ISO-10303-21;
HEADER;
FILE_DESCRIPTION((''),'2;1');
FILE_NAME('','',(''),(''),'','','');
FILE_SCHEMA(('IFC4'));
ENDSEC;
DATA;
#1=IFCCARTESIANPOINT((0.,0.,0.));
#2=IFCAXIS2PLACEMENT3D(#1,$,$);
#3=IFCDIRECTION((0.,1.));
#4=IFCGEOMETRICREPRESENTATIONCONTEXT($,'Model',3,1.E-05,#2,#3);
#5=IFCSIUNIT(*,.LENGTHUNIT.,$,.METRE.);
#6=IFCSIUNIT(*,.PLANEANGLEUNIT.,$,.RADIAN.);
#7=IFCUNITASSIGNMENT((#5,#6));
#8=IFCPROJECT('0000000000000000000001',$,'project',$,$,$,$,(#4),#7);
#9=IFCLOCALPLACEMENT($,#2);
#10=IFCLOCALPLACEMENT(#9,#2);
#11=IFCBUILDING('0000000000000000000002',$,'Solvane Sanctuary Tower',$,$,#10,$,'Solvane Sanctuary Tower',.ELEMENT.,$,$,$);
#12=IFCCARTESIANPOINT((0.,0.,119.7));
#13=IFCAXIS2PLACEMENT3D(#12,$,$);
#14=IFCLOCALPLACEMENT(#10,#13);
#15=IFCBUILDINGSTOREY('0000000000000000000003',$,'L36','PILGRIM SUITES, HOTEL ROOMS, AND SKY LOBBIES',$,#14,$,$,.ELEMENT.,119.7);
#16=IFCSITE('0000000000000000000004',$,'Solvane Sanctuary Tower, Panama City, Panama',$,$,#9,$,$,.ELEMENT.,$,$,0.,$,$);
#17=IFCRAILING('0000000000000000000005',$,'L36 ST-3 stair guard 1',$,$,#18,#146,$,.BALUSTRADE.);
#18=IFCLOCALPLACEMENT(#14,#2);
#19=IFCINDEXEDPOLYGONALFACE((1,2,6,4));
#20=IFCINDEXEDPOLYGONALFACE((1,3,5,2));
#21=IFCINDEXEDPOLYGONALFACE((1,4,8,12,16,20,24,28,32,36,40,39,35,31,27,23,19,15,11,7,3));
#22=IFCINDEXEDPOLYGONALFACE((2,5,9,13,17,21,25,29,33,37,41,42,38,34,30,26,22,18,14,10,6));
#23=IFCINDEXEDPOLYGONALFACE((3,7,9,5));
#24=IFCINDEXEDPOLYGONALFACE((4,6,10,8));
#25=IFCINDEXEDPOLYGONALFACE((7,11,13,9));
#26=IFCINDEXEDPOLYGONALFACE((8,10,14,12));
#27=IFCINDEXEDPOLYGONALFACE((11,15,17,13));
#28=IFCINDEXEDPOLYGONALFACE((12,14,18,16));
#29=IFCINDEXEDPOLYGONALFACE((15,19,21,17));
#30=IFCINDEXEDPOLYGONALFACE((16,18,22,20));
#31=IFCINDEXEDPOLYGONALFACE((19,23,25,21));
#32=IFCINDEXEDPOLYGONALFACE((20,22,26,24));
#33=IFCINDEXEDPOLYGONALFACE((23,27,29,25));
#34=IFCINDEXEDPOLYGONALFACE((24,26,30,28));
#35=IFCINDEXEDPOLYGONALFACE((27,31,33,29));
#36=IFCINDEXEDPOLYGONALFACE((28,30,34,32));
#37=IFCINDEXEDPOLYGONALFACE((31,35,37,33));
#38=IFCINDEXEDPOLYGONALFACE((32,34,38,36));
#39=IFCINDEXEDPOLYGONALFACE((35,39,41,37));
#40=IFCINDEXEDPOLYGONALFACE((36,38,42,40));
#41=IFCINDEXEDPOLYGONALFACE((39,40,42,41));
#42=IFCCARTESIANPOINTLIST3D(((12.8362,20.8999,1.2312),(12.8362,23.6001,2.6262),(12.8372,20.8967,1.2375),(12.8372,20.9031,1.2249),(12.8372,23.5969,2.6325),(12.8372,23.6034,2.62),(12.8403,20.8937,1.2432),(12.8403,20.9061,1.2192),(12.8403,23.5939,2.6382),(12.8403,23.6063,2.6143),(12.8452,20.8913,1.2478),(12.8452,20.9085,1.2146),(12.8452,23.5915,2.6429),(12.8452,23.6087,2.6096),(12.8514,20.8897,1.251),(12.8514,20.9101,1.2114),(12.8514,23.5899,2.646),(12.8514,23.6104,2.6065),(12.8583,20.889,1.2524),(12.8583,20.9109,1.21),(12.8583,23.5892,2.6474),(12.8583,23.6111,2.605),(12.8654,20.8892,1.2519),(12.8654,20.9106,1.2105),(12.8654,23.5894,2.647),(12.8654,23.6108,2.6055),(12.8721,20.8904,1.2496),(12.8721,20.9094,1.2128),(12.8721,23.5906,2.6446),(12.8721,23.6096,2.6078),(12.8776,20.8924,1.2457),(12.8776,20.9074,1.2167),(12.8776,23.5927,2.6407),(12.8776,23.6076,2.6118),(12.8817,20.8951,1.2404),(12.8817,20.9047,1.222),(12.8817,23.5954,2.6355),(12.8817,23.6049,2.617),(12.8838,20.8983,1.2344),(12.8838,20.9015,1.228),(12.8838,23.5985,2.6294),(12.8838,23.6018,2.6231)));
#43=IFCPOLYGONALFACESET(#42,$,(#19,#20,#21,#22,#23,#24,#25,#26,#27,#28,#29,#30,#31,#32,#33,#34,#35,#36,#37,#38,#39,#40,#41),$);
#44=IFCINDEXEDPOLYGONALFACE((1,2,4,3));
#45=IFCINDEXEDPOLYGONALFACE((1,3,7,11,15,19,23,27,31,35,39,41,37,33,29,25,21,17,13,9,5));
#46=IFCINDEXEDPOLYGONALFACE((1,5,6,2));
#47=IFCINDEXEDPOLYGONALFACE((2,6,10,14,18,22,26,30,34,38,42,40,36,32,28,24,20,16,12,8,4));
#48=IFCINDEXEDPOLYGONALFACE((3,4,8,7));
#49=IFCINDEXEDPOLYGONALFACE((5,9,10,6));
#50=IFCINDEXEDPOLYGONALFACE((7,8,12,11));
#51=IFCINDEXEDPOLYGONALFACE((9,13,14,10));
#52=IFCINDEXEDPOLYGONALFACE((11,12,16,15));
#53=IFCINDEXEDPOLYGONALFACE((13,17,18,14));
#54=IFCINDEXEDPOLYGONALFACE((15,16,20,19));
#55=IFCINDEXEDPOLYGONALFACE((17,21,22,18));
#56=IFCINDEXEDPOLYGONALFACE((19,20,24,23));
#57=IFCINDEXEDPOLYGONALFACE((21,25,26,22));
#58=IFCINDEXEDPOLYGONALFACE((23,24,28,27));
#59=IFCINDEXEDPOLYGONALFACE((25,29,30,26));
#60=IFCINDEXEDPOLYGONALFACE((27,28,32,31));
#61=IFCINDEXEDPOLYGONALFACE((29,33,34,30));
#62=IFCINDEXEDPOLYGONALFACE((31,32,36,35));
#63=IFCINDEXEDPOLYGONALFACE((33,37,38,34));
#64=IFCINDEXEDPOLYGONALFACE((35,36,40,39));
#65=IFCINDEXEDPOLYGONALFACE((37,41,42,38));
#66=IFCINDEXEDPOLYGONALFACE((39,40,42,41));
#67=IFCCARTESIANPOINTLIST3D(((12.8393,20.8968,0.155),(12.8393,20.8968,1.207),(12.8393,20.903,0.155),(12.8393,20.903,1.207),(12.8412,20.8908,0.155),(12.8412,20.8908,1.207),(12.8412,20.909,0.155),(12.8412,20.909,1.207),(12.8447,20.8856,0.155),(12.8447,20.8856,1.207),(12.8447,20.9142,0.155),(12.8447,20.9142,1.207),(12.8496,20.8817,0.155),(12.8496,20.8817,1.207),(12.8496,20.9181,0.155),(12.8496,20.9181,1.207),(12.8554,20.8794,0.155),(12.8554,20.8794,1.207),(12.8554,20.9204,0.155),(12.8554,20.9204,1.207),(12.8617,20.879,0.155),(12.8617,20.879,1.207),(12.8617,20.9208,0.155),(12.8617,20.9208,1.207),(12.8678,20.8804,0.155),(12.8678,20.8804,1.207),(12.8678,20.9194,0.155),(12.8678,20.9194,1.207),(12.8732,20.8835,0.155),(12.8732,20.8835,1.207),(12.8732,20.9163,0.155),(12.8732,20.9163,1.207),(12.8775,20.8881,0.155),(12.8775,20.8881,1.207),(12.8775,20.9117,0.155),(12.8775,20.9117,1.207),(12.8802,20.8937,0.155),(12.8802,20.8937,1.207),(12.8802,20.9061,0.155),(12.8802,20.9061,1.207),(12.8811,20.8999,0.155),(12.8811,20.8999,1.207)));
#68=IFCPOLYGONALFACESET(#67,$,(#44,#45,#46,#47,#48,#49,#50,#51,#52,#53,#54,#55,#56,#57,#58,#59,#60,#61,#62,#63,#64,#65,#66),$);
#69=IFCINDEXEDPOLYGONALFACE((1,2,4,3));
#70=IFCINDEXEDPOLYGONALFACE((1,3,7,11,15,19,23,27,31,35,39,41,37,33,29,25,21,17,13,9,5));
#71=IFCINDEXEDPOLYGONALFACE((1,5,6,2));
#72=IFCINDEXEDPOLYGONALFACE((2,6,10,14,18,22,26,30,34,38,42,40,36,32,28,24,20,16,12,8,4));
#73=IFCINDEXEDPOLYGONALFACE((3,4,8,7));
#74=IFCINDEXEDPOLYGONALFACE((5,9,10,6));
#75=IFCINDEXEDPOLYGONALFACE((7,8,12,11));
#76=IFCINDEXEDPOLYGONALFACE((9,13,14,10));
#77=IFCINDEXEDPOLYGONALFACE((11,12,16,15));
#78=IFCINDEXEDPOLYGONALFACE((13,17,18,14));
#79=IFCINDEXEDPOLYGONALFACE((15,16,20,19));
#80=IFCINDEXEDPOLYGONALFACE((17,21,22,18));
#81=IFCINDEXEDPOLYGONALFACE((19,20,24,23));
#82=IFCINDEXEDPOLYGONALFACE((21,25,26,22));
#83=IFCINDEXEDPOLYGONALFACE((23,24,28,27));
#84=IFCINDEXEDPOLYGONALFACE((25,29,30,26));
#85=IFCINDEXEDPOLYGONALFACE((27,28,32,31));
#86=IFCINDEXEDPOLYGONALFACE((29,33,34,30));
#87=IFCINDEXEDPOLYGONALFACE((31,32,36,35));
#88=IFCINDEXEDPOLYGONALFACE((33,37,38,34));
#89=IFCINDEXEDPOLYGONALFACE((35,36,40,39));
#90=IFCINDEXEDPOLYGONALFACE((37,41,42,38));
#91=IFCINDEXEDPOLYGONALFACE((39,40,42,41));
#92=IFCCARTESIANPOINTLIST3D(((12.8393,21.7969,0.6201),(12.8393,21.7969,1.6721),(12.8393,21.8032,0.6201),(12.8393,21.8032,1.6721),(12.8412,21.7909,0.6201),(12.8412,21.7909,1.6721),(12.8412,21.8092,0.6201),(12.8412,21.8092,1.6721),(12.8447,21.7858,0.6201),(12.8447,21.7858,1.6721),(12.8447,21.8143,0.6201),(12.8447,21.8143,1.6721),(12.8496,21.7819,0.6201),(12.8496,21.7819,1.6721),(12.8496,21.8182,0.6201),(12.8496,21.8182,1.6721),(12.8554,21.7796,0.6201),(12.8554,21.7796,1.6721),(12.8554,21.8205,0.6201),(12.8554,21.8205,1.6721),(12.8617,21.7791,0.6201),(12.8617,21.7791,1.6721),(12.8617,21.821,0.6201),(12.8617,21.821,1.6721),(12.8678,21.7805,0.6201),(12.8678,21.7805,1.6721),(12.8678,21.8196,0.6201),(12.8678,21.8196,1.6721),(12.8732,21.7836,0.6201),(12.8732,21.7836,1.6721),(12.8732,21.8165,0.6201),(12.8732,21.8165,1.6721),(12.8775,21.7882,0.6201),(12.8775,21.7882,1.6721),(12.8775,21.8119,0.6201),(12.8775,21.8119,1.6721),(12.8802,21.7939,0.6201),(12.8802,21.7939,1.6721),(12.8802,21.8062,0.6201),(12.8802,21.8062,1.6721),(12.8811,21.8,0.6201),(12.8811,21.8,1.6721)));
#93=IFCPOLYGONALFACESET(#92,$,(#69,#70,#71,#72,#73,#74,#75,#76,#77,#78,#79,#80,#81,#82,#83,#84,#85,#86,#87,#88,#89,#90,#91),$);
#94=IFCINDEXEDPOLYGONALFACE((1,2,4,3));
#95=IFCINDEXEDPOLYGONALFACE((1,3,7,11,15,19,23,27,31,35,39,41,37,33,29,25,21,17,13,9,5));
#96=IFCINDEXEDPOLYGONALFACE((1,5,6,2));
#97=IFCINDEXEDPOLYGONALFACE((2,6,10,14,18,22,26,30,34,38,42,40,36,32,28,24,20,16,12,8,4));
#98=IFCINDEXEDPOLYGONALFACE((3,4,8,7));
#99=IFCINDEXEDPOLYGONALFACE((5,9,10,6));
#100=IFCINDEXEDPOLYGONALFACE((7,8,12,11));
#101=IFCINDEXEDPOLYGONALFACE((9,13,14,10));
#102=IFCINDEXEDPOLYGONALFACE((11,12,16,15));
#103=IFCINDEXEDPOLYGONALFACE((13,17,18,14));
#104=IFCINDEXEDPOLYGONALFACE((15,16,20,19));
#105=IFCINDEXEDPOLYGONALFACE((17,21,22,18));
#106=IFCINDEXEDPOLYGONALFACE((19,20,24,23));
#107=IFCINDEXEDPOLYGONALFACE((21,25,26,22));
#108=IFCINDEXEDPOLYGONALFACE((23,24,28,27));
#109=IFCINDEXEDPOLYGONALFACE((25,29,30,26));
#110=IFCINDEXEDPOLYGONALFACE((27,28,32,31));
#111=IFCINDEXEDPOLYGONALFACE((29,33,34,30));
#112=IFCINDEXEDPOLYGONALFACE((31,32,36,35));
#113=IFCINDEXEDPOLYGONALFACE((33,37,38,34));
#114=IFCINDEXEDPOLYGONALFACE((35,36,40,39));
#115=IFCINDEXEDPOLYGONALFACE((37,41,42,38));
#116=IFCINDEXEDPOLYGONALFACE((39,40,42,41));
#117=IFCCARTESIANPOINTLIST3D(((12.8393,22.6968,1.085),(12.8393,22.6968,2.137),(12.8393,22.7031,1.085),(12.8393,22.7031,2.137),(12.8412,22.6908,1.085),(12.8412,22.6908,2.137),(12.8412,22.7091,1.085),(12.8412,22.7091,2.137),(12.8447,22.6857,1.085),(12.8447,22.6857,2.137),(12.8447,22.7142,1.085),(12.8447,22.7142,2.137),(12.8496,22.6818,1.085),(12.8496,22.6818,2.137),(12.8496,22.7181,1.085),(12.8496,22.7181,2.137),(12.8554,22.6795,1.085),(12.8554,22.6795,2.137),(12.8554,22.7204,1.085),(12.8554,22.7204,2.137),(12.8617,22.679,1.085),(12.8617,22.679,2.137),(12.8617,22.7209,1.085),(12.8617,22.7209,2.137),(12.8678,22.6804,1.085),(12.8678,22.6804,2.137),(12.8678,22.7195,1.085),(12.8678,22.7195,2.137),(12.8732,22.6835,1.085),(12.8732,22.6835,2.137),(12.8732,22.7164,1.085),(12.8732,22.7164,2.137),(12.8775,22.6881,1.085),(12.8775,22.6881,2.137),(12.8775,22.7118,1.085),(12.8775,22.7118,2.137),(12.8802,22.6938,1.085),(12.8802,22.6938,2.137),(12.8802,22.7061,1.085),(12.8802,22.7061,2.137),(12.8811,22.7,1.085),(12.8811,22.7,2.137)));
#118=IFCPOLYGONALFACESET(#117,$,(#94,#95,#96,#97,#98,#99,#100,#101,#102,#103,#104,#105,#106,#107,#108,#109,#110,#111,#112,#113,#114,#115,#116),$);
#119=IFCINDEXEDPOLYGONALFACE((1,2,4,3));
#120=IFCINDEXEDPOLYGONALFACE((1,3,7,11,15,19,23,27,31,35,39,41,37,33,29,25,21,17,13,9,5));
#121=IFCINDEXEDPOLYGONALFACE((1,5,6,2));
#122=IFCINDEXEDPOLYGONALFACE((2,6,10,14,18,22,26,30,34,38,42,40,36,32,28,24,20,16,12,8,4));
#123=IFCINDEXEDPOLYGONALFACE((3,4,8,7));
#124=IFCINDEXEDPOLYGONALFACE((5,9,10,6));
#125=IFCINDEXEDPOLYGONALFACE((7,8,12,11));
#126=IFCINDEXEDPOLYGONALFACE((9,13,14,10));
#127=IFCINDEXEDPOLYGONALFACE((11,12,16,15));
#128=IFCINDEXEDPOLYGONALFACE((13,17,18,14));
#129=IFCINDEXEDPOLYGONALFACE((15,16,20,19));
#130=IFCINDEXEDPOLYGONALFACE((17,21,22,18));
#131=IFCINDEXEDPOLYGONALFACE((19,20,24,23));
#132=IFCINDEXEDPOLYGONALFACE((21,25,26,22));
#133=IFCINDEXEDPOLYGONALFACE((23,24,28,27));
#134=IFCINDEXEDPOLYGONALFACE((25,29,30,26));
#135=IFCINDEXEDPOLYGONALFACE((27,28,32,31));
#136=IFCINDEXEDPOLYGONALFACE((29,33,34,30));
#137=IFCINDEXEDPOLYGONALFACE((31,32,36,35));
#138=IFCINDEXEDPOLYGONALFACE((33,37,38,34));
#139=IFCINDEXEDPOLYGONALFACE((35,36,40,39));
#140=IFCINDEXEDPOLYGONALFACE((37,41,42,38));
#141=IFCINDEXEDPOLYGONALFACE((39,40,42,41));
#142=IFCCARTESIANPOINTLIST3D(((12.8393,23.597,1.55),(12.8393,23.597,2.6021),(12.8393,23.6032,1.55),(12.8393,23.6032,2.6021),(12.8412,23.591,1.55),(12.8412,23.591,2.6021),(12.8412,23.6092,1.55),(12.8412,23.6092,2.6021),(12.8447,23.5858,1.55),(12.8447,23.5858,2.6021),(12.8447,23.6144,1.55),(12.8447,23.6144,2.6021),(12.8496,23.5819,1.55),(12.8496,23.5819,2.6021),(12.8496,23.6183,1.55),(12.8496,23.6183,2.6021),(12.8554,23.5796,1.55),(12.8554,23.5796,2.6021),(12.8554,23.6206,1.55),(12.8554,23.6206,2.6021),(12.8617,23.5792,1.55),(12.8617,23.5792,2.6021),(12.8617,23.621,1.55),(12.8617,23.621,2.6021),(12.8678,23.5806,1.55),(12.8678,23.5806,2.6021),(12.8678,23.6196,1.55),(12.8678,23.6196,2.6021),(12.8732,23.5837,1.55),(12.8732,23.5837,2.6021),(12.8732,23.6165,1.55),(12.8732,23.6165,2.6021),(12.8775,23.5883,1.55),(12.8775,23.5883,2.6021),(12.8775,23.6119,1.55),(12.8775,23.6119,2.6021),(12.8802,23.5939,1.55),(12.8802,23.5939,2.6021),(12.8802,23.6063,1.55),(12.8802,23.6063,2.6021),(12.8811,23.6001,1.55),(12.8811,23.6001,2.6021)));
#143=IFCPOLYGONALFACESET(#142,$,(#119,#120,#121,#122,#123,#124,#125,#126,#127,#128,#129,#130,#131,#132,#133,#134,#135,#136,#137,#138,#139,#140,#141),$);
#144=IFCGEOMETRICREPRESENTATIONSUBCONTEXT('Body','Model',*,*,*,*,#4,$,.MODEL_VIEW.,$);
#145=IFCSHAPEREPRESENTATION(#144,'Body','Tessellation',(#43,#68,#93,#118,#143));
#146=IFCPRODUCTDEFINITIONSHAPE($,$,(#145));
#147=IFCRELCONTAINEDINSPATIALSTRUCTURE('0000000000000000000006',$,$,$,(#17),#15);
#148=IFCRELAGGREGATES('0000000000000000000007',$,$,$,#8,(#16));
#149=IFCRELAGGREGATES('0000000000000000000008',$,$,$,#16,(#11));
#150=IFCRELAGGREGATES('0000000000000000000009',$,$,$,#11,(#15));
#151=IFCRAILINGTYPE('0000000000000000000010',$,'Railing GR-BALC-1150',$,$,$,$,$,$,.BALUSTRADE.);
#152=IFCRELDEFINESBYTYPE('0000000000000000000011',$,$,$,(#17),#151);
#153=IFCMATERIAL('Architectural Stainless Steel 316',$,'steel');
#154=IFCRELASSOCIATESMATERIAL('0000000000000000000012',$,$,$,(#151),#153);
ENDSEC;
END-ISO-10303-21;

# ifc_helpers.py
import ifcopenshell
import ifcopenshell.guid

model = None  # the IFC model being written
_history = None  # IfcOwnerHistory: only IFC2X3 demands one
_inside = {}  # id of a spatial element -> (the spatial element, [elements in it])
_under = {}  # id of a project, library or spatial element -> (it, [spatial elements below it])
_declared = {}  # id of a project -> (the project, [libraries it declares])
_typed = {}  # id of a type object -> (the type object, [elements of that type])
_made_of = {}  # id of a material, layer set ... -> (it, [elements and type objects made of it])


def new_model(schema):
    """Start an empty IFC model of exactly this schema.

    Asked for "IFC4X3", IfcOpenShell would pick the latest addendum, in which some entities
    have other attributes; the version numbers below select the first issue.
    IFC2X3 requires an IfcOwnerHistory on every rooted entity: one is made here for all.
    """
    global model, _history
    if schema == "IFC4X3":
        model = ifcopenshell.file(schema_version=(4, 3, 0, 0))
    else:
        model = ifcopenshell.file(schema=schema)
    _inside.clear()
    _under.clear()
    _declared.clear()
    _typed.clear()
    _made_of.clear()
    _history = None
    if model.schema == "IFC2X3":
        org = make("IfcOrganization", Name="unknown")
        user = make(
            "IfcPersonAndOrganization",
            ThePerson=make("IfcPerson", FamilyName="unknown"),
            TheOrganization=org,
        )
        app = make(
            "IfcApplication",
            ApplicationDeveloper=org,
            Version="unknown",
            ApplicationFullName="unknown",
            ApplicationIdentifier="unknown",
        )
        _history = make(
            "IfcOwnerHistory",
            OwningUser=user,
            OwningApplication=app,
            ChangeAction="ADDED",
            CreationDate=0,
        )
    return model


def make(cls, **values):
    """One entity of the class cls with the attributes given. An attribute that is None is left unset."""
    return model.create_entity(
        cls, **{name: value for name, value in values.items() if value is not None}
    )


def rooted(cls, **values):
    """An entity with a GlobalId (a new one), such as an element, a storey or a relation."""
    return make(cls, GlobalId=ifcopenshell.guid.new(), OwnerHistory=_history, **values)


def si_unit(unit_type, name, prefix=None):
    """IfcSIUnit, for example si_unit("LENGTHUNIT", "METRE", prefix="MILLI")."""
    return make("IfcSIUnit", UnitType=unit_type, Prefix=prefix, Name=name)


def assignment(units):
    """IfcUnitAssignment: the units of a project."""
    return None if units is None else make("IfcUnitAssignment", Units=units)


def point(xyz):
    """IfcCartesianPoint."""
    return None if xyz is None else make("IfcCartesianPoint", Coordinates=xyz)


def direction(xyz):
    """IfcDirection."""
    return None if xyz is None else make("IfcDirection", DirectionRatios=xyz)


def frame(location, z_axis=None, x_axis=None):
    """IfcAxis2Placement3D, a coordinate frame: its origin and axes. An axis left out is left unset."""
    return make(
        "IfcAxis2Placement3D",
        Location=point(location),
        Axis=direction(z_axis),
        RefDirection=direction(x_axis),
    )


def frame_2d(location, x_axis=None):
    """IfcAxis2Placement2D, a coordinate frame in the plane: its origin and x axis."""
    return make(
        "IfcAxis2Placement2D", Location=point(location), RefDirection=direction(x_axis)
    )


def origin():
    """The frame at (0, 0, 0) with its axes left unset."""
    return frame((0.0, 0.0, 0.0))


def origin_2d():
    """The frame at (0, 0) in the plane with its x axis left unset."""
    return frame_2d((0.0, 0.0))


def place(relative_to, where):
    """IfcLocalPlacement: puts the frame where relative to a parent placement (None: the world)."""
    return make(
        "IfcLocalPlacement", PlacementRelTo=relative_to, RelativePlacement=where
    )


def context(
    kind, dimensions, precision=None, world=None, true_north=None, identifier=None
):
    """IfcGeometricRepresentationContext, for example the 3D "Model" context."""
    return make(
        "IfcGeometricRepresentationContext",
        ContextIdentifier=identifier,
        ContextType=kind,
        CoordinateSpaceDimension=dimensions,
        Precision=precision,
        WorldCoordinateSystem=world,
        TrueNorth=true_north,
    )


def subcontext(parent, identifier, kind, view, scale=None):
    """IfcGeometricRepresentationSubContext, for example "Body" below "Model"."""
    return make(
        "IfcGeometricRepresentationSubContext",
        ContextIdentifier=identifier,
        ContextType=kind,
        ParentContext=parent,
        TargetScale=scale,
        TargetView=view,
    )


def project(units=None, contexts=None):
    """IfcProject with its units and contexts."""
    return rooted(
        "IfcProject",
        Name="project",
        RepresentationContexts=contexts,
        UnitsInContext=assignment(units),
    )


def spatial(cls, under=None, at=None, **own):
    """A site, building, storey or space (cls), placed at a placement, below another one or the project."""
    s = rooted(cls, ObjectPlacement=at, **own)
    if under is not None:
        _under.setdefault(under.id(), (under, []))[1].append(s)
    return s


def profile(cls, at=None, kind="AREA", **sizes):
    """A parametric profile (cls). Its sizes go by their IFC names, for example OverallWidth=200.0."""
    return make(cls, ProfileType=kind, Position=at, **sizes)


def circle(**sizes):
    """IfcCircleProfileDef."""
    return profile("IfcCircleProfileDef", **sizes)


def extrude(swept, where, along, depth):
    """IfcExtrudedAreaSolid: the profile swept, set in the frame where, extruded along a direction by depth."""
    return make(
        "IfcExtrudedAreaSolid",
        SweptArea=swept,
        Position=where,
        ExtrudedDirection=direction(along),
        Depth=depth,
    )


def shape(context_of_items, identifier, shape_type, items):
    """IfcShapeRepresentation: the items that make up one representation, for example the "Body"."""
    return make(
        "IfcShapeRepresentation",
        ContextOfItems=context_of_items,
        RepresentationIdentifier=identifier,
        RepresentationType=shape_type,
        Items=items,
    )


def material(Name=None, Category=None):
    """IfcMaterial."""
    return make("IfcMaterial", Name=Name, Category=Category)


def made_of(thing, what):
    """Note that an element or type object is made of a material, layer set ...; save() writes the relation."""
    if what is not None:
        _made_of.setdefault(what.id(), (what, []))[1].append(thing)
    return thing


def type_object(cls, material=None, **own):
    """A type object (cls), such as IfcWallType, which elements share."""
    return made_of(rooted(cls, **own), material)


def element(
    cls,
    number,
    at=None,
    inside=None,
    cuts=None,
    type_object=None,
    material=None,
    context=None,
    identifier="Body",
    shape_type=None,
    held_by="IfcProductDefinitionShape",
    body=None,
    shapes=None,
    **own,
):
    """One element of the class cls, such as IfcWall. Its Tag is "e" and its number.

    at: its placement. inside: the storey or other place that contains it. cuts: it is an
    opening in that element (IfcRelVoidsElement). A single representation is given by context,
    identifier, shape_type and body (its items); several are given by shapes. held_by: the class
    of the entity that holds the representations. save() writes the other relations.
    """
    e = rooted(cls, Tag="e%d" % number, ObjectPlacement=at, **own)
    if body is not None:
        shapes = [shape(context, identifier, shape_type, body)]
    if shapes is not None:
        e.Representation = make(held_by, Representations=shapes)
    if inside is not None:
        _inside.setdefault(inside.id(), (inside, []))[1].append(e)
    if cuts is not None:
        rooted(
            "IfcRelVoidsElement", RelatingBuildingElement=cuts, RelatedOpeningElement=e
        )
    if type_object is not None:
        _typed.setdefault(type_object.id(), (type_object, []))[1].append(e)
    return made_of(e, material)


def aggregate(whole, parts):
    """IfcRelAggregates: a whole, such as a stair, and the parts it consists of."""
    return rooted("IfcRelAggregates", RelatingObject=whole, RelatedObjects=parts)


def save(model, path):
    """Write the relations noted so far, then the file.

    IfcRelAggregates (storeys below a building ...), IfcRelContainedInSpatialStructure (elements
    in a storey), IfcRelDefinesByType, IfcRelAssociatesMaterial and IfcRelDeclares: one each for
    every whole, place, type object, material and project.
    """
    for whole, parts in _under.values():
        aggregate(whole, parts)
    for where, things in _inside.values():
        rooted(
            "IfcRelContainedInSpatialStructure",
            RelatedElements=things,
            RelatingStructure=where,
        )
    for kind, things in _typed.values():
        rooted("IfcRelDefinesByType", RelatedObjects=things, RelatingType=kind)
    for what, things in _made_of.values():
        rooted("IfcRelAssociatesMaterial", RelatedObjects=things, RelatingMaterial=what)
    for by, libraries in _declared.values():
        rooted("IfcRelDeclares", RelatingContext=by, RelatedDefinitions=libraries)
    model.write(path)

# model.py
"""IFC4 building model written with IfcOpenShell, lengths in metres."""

from ifc_helpers import new_model, si_unit, direction, frame, origin, origin_2d, place, context, subcontext, project, spatial, circle, extrude, material, type_object, element, save


model = new_model("IFC4")

# Units and contexts
model_context = context("Model", 3, precision=1e-05, world=origin(), true_north=direction((0.0, 1.0)))
body_context = subcontext(model_context, "Body", "Model", "MODEL_VIEW")
ifc_project = project(units=[si_unit("LENGTHUNIT", "METRE"), si_unit("PLANEANGLEUNIT", "RADIAN")], contexts=[model_context])

# Site, building, storey
site_placement = place(None, origin())
site = spatial("IfcSite", under=ifc_project, at=site_placement, Name="Solvane Sanctuary Tower, Panama City, Panama", CompositionType="ELEMENT", RefElevation=0.0)
building_placement = place(site_placement, origin())
building = spatial("IfcBuilding", under=site, at=building_placement, Name="Solvane Sanctuary Tower", LongName="Solvane Sanctuary Tower", CompositionType="ELEMENT")
storey_placement = place(building_placement, frame((0.0, 0.0, 119.7)))
storey = spatial("IfcBuildingStorey", under=building, at=storey_placement, Name="L36", Description="PILGRIM SUITES, HOTEL ROOMS, AND SKY LOBBIES", CompositionType="ELEMENT", Elevation=119.7)

# Shared definitions
ifc_material_1 = material(Name="Architectural Stainless Steel 316", Category="steel")

# Railing
railing_type_1 = type_object("IfcRailingType", Name="Railing GR-BALC-1150", PredefinedType="BALUSTRADE", material=ifc_material_1)
railing_1_placement = place(storey_placement, frame((12.8601, 20.8999, 0.155)))
element("IfcRailing", 1, at=railing_1_placement, inside=storey, type_object=railing_type_1, Name="L36 ST-3 stair guard 1", PredefinedType="BALUSTRADE", context=body_context, shape_type="SweptSolid", body=[
    extrude(circle(Radius=0.0239, at=origin_2d()), frame((0.0, 0.0, 1.0762), z_axis=(0.0, 0.888437, 0.458999), x_axis=(-1.0, 0.0, 0.0)), (0.0, 0.0, 1.0), 3.0393),
    extrude(circle(Radius=0.021, at=origin_2d()), origin(), (0.0, 0.0, 1.0), 1.052),
    extrude(circle(Radius=0.021, at=origin_2d()), frame((0.0, 0.9001, 0.4651)), (0.0, 0.0, 1.0), 1.052),
    extrude(circle(Radius=0.021, at=origin_2d()), frame((0.0, 1.8, 0.9299)), (0.0, 0.0, 1.0), 1.052),
    extrude(circle(Radius=0.021, at=origin_2d()), frame((0.0, 2.7002, 1.395)), (0.0, 0.0, 1.0), 1.052),
])

save(model, "model.ifc")
